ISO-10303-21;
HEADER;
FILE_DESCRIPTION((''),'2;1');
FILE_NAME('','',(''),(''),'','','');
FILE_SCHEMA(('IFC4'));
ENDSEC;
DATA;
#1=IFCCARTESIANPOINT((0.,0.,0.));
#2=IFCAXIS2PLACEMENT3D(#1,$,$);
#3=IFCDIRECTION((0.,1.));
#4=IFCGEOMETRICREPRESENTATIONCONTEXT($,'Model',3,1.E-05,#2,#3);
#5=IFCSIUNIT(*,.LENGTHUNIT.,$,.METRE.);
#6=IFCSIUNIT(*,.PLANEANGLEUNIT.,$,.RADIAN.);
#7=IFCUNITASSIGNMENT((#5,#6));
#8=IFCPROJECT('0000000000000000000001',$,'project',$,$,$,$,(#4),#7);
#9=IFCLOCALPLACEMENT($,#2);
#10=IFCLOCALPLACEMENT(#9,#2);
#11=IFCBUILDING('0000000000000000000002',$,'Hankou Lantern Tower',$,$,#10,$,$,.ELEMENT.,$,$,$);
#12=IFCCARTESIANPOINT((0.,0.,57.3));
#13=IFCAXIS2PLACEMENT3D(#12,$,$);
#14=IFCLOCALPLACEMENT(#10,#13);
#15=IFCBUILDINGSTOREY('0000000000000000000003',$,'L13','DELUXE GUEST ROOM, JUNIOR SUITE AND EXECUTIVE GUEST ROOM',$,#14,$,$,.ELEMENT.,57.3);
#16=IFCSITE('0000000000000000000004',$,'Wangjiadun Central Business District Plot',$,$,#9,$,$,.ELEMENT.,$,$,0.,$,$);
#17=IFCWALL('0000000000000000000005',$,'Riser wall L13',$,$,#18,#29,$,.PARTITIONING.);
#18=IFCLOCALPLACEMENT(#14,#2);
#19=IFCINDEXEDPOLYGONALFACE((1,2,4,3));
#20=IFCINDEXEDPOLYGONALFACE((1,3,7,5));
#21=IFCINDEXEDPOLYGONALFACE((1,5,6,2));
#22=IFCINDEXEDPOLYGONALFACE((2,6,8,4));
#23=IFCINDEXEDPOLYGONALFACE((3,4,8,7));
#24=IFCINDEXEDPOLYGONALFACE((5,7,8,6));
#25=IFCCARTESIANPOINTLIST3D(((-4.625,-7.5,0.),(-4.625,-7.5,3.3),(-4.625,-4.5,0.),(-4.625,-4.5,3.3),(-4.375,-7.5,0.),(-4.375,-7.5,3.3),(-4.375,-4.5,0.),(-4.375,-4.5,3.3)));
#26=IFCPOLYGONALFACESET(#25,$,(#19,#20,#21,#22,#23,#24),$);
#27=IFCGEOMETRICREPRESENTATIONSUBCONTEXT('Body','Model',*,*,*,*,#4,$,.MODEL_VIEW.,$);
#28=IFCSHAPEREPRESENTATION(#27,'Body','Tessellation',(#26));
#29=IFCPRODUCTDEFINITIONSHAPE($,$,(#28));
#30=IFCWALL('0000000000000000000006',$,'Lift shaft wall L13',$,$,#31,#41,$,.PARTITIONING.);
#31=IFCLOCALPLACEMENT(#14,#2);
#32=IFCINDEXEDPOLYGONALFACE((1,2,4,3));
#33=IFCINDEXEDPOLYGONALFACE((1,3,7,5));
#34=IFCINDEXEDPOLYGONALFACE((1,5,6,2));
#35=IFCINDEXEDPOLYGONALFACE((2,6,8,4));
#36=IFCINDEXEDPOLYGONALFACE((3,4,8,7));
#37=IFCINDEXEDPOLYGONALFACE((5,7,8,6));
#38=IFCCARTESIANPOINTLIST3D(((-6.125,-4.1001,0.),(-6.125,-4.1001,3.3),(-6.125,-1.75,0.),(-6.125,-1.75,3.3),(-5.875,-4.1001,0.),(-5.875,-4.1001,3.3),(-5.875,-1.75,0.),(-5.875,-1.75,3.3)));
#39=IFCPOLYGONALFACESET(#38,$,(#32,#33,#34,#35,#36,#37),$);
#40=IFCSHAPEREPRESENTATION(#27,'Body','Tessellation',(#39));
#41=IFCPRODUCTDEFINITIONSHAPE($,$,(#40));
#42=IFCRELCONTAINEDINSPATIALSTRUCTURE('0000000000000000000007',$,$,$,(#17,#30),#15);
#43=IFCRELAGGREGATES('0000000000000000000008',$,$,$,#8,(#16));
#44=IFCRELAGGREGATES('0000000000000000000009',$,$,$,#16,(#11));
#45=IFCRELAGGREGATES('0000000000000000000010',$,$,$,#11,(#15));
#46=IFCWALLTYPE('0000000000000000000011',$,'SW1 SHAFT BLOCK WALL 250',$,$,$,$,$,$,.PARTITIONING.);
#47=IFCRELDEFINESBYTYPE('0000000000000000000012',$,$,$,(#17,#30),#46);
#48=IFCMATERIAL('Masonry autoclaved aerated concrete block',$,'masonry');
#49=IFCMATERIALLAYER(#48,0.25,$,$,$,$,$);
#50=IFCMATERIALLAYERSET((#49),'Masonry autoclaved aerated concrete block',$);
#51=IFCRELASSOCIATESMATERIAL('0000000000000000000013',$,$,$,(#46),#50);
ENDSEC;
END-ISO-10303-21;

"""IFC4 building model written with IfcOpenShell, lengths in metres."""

from ifc_helpers import new_model, si_unit, direction, frame, frame_2d, origin, place, context, subcontext, project, spatial, rectangle, extrude, material, layer, layer_set, type_object, element, save


model = new_model("IFC4")

# Units and contexts
model_context = context("Model", 3, precision=1e-05, world=origin(), true_north=direction((0.0, 1.0)))
body_context = subcontext(model_context, "Body", "Model", "MODEL_VIEW")
ifc_project = project(units=[si_unit("LENGTHUNIT", "METRE"), si_unit("PLANEANGLEUNIT", "RADIAN")], contexts=[model_context])

# Site, building, storey
site_placement = place(None, origin())
site = spatial("IfcSite", under=ifc_project, at=site_placement, Name="Wangjiadun Central Business District Plot", CompositionType="ELEMENT", RefElevation=0.0)
building_placement = place(site_placement, origin())
building = spatial("IfcBuilding", under=site, at=building_placement, Name="Hankou Lantern Tower", CompositionType="ELEMENT")
storey_placement = place(building_placement, frame((0.0, 0.0, 57.3)))
storey = spatial("IfcBuildingStorey", under=building, at=storey_placement, Name="L13", Description="DELUXE GUEST ROOM, JUNIOR SUITE AND EXECUTIVE GUEST ROOM", CompositionType="ELEMENT", Elevation=57.3)

# Walls
ifc_material_1 = material(Name="Masonry autoclaved aerated concrete block", Category="masonry")
ifc_layer_1 = layer(ifc_material_1, 0.25)
ifc_layer_set_1 = layer_set([ifc_layer_1], Name="Masonry autoclaved aerated concrete block")
wall_type_1 = type_object("IfcWallType", Name="SW1 SHAFT BLOCK WALL 250", PredefinedType="PARTITIONING", material=ifc_layer_set_1)
wall_1_placement = place(storey_placement, frame((-4.5, -7.5, 0.0), z_axis=(0.0, 0.0, 1.0), x_axis=(0.0, 1.0, 0.0)))
element("IfcWall", 1, at=wall_1_placement, inside=storey, type_object=wall_type_1, Name="Riser wall L13", PredefinedType="PARTITIONING", context=body_context, shape_type="SweptSolid", body=[
    extrude(rectangle(XDim=3.0, YDim=0.25, at=frame_2d((1.5, 0.0))), origin(), (0.0, 0.0, 1.0), 3.3),
])
wall_2_placement = place(storey_placement, frame((-6.0, -4.1001, 0.0), z_axis=(0.0, 0.0, 1.0), x_axis=(0.0, 1.0, 0.0)))
element("IfcWall", 2, at=wall_2_placement, inside=storey, type_object=wall_type_1, Name="Lift shaft wall L13", PredefinedType="PARTITIONING", context=body_context, shape_type="SweptSolid", body=[
    extrude(rectangle(XDim=2.3501, YDim=0.25, at=frame_2d((1.175, 0.0))), origin(), (0.0, 0.0, 1.0), 3.3),
])

save(model, "model.ifc")
